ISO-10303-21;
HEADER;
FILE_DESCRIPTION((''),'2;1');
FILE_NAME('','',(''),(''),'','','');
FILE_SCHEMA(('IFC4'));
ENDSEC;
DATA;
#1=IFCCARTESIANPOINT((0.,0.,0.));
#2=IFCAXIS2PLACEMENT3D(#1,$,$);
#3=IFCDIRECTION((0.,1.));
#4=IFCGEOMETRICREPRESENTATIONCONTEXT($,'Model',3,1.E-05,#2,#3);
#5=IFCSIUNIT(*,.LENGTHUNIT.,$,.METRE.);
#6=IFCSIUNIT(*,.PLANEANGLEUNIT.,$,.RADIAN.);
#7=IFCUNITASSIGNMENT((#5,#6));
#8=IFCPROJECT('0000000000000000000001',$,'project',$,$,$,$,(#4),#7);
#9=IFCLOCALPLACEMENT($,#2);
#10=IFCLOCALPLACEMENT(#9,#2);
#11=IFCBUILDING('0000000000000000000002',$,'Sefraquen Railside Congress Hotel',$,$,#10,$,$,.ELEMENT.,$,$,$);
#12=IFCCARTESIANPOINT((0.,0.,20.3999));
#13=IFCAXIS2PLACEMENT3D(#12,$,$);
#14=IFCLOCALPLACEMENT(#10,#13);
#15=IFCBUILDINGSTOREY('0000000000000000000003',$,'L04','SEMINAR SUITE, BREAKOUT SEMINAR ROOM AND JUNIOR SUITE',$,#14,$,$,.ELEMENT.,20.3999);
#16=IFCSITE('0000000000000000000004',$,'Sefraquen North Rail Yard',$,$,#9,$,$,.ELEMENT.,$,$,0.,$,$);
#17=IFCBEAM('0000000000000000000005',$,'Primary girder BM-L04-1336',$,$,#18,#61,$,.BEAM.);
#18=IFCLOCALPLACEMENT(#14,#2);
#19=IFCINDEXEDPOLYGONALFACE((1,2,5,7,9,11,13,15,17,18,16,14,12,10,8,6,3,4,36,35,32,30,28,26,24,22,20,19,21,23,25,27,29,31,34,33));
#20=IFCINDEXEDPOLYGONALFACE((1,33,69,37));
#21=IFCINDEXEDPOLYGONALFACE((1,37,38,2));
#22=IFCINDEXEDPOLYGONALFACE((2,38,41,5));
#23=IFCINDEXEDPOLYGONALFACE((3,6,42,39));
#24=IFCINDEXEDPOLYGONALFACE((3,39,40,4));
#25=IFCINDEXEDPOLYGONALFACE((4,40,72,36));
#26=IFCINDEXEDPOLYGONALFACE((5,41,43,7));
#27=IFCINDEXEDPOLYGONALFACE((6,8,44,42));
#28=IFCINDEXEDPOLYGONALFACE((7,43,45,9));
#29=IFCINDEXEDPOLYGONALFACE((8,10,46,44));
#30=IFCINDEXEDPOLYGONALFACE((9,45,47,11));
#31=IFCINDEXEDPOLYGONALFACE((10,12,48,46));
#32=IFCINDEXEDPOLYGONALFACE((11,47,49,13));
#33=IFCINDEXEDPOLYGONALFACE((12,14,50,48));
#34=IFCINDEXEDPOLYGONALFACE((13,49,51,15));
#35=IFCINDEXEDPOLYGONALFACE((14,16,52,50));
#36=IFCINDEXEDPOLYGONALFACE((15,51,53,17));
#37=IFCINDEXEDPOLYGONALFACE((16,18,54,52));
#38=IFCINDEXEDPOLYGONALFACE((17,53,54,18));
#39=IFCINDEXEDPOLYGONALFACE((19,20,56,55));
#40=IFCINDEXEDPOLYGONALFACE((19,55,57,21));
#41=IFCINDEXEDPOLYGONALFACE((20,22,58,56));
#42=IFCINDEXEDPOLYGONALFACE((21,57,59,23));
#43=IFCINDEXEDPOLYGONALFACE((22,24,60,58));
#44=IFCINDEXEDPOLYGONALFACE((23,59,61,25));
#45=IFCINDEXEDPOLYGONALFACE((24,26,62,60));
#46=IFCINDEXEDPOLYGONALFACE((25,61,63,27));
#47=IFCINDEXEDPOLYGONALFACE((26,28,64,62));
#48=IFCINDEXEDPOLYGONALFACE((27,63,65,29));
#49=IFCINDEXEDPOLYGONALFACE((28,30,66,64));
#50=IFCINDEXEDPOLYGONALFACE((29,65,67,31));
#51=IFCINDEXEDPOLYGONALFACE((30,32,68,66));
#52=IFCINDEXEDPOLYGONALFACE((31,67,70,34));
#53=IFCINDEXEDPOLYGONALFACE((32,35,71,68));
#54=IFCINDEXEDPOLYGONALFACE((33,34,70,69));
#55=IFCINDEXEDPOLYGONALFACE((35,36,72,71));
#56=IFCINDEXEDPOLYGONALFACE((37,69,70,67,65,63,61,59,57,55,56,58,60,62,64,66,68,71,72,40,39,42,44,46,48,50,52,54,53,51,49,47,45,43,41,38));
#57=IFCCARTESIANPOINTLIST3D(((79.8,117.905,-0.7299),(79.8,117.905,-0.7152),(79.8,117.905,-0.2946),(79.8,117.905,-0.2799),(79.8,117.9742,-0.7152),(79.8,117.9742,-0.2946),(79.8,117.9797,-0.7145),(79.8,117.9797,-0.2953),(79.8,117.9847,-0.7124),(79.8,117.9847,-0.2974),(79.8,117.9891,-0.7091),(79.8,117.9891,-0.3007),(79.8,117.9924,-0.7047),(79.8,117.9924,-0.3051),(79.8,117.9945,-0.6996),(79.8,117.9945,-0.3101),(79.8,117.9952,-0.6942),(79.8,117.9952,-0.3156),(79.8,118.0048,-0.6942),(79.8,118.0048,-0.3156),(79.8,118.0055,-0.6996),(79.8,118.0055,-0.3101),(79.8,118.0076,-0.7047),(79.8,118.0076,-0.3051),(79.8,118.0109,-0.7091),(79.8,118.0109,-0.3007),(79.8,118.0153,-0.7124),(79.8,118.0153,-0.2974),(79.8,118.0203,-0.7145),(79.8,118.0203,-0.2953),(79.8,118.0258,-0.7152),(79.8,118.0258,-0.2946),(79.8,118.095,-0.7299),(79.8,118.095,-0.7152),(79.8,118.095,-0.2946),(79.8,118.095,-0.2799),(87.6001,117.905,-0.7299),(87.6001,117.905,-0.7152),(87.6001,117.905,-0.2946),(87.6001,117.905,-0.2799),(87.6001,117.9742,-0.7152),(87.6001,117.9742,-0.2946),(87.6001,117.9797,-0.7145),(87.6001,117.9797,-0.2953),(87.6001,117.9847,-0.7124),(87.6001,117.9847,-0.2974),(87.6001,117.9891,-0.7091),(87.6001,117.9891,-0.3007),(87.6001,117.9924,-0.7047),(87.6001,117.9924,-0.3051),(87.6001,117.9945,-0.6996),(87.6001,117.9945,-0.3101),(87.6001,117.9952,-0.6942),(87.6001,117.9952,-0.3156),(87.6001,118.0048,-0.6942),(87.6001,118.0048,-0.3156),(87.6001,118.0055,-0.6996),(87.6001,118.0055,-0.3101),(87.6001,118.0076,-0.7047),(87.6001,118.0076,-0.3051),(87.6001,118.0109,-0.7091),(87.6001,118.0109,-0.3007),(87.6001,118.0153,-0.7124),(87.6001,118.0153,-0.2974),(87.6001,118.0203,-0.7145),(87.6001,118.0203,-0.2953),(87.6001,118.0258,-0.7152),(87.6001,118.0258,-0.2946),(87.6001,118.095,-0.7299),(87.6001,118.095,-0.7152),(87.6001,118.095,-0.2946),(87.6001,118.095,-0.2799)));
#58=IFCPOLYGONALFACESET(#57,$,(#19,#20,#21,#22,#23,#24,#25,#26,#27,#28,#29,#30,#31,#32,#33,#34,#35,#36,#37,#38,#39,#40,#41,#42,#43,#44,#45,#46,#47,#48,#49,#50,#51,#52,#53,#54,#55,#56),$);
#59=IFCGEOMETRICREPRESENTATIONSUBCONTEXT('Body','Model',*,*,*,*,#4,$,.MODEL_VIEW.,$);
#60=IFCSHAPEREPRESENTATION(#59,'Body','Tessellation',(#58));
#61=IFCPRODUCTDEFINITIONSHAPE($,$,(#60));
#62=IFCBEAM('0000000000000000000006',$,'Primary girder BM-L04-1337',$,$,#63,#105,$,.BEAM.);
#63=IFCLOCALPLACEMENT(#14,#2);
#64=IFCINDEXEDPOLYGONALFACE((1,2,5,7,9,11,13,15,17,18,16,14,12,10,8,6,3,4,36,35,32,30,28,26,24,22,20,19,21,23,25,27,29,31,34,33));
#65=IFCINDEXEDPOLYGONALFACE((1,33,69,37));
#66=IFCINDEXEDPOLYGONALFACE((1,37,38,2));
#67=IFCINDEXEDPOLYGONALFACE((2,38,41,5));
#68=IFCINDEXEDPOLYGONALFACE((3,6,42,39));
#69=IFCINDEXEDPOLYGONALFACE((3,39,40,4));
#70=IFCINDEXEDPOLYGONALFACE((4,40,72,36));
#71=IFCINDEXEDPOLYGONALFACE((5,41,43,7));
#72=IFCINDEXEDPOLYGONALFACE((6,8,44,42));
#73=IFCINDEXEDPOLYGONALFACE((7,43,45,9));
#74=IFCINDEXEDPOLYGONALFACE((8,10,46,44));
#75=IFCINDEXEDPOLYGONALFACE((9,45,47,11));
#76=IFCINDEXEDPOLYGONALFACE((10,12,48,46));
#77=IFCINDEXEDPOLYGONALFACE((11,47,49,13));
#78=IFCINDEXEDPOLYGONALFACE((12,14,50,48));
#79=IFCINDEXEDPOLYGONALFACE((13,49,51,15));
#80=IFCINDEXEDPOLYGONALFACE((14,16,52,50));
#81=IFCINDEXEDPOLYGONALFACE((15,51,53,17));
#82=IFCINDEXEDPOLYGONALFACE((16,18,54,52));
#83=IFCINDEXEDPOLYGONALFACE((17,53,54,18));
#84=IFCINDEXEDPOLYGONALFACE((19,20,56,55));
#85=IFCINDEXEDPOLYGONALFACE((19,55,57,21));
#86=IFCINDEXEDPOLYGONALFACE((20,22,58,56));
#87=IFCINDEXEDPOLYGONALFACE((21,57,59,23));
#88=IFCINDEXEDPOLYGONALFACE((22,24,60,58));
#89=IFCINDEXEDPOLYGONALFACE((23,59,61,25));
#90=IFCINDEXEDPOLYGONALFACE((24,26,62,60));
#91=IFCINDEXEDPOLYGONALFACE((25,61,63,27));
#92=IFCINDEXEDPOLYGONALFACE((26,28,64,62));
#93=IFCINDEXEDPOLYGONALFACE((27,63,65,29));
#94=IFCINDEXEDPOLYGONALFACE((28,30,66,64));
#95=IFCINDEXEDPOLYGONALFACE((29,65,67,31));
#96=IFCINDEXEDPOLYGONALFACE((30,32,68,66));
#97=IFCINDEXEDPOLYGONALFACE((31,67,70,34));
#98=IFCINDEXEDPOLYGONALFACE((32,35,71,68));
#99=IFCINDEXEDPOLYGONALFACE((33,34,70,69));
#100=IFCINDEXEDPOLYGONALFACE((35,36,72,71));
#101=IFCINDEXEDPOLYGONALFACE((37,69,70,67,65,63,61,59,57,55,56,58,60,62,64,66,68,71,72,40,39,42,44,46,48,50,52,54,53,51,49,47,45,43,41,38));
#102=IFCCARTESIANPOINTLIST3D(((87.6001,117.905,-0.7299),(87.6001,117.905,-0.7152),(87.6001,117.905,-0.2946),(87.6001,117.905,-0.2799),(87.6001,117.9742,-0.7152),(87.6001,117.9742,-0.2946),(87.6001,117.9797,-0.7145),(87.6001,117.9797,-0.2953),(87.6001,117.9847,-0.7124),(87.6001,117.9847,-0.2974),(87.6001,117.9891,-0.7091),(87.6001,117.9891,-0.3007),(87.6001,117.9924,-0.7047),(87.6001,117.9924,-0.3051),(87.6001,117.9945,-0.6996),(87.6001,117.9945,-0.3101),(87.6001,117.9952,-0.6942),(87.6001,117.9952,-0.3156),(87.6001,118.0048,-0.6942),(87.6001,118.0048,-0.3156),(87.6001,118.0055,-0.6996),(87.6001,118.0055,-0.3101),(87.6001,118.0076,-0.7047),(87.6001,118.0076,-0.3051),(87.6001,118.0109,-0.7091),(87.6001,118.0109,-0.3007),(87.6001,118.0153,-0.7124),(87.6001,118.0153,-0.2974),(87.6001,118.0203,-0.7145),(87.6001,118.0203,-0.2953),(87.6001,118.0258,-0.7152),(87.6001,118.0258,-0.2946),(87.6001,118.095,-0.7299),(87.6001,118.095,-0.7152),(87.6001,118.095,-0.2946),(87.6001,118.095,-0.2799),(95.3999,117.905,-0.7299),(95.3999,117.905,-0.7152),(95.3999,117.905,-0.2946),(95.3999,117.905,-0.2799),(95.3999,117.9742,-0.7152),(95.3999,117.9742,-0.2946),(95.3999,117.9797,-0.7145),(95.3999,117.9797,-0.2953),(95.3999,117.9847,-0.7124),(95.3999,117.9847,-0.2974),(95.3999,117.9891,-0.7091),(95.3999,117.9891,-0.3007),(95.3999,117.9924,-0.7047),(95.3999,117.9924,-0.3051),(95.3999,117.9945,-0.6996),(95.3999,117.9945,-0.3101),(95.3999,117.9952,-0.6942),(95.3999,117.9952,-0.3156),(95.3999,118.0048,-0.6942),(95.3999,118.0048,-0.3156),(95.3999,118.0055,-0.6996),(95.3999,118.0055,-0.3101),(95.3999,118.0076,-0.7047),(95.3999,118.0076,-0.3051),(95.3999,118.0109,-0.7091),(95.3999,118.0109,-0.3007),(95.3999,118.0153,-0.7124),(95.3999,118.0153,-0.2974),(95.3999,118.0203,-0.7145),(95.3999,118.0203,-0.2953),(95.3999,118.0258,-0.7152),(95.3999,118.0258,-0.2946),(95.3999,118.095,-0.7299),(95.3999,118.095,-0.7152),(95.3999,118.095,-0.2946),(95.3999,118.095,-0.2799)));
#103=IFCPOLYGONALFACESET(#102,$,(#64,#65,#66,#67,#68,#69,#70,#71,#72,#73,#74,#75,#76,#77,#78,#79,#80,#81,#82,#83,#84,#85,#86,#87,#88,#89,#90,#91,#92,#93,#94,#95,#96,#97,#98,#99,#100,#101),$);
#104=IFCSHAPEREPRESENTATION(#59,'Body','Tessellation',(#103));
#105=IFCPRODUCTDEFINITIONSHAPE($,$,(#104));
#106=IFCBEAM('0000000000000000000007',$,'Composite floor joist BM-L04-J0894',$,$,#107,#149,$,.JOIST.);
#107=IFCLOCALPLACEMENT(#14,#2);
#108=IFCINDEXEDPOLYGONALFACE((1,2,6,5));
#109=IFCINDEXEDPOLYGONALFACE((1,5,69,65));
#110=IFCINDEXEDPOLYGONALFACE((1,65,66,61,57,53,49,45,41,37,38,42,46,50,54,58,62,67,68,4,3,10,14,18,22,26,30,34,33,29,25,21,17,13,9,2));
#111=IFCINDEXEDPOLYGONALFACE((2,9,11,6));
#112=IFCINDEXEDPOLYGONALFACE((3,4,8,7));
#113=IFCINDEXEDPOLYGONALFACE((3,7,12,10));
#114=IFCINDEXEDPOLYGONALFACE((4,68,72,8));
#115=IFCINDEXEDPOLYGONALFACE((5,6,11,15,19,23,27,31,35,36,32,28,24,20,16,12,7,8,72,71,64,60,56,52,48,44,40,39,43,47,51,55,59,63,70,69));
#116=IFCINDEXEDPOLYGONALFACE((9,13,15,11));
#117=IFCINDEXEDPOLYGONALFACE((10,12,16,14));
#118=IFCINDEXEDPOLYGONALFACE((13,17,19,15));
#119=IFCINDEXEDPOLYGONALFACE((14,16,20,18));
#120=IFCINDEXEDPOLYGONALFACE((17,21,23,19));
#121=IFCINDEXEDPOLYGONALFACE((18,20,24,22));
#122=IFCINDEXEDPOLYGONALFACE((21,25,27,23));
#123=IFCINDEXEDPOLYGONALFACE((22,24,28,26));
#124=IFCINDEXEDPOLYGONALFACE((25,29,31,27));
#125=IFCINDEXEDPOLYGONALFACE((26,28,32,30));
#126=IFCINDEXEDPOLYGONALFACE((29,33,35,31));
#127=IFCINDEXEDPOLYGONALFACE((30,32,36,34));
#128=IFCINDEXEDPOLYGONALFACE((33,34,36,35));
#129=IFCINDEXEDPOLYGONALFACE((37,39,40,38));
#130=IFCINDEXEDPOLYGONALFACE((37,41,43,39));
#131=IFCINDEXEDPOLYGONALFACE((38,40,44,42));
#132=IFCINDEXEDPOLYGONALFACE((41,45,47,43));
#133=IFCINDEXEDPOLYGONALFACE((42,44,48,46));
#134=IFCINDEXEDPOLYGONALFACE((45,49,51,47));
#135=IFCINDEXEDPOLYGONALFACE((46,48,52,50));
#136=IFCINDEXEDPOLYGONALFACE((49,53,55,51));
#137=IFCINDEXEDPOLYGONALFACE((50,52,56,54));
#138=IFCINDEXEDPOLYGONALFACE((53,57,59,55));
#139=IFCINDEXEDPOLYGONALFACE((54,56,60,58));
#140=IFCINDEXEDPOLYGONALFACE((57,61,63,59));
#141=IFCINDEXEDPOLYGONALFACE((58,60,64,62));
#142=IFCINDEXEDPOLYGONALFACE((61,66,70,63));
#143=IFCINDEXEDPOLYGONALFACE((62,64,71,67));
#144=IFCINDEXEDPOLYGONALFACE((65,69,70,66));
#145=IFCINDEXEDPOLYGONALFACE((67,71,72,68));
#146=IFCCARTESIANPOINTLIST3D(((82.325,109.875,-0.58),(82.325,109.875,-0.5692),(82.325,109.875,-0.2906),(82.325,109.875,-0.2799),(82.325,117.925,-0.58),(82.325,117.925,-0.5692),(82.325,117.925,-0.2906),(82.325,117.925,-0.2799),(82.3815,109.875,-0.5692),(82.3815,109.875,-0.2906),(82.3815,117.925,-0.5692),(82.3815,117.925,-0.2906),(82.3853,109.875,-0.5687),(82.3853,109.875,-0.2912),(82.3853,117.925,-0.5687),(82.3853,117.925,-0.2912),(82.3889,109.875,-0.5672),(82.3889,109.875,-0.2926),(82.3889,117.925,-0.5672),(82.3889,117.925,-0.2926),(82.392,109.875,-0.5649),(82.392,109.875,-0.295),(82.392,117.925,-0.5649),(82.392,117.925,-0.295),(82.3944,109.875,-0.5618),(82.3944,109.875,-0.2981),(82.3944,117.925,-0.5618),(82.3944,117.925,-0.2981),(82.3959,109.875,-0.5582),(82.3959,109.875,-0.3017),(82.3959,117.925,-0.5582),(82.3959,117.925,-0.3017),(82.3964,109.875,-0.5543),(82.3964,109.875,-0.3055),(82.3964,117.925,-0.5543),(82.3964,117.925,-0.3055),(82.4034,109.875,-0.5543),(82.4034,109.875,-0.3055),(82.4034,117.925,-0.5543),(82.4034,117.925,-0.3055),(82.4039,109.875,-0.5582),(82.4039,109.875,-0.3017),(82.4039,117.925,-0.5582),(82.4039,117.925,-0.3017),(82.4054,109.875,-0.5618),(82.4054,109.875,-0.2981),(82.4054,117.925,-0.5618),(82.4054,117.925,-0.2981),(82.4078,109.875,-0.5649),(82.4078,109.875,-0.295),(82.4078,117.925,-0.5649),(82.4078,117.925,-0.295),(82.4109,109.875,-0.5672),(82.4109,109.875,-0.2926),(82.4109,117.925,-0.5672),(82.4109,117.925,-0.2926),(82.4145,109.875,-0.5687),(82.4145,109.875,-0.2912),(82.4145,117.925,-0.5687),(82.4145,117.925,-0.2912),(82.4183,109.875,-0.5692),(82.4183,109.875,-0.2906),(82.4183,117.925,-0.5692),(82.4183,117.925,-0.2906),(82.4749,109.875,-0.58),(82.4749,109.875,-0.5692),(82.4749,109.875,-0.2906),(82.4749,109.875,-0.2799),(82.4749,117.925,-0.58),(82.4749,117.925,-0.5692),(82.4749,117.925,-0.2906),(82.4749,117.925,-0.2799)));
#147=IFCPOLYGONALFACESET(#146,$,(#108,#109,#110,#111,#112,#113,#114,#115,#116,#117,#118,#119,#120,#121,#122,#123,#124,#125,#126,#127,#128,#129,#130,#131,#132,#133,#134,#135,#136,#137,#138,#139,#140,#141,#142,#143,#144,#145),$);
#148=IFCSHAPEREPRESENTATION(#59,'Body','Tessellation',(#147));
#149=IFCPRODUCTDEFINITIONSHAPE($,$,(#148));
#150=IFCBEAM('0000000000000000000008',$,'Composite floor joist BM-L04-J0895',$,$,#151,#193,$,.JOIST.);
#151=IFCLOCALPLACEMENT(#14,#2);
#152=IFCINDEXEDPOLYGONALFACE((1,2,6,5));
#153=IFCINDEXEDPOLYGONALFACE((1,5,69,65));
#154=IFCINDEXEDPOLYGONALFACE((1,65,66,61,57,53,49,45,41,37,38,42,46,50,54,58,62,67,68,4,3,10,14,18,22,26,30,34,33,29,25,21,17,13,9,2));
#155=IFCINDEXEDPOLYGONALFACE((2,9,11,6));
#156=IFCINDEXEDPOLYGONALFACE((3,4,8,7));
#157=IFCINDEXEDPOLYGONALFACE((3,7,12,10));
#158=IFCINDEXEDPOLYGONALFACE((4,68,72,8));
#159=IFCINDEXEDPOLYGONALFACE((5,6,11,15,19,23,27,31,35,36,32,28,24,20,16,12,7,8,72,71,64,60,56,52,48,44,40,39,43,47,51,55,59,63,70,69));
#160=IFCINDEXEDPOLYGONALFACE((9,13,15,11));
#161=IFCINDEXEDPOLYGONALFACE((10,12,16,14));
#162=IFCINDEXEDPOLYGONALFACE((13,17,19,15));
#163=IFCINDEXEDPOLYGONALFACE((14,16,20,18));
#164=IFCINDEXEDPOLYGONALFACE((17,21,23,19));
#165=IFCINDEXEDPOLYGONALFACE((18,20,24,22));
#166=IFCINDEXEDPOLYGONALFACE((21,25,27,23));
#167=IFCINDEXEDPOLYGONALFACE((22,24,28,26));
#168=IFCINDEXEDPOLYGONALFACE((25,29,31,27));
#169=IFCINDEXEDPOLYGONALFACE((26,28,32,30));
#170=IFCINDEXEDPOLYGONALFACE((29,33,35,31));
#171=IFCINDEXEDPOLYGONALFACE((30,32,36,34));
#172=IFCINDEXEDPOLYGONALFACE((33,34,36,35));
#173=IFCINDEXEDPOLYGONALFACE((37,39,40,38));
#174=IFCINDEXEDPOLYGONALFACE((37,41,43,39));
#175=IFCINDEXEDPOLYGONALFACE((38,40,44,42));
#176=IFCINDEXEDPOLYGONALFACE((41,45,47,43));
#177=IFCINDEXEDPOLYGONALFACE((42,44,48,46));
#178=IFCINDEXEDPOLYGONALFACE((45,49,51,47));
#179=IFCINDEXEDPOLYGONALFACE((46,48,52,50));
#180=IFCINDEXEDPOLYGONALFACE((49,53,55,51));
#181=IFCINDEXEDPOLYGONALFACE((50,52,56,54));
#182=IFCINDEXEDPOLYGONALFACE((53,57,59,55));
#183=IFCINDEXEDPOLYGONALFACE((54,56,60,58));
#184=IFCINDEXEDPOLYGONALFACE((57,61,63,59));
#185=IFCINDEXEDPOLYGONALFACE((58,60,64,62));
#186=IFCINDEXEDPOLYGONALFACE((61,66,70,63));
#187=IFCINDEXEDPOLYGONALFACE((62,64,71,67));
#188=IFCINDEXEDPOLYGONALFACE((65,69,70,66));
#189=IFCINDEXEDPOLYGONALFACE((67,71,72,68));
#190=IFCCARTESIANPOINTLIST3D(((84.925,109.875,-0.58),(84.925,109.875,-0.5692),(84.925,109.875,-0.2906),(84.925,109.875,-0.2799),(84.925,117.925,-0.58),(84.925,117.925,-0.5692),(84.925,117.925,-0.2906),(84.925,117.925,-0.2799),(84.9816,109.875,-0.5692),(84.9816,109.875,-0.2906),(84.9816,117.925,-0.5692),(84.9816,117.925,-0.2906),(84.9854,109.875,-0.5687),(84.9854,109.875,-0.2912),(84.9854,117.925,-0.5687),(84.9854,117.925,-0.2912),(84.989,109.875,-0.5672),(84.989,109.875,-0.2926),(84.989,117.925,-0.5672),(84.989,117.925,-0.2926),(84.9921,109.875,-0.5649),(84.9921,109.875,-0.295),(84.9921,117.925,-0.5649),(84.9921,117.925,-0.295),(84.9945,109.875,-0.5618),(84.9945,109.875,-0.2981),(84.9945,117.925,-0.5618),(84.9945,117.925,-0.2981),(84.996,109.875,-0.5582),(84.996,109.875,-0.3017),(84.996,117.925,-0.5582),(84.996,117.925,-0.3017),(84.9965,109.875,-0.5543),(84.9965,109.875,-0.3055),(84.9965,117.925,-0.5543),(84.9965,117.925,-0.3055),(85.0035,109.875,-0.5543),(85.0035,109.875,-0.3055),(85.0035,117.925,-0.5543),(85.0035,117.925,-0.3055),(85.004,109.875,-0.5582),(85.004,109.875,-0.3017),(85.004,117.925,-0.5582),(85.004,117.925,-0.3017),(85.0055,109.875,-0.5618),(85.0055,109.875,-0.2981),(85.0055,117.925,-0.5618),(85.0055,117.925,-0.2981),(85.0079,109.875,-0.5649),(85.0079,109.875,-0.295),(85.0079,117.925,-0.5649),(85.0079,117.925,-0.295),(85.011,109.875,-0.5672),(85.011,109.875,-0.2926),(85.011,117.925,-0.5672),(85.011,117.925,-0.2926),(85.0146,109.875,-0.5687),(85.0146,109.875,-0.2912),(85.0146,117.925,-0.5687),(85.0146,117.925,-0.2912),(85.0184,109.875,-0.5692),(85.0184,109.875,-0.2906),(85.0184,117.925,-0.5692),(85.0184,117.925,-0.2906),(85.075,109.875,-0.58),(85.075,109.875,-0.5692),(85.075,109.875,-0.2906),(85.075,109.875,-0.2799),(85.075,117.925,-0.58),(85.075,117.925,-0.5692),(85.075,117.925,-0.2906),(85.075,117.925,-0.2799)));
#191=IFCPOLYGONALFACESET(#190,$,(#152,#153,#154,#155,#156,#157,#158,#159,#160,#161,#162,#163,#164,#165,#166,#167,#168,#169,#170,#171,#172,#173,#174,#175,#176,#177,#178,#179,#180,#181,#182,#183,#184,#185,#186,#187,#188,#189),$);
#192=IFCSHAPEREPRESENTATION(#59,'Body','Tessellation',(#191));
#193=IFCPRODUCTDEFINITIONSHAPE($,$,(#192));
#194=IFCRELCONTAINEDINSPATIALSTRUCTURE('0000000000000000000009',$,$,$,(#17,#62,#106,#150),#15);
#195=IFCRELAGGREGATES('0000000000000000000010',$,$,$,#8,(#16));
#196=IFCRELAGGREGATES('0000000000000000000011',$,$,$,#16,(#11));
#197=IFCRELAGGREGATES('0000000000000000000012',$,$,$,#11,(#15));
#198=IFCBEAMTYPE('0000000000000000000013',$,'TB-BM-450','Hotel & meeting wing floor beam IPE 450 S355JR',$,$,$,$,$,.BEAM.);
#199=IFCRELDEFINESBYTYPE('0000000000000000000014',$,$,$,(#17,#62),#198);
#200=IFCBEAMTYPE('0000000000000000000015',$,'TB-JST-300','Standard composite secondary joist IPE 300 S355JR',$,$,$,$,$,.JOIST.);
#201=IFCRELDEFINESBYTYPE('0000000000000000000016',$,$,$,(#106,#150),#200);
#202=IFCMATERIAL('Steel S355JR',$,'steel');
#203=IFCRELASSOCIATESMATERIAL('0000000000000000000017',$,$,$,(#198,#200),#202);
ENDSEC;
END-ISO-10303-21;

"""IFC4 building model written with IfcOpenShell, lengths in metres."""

from ifc_helpers import new_model, si_unit, direction, frame, origin, origin_2d, place, context, subcontext, project, spatial, i_section, extrude, material, material_profile, profile_set, type_object, element, save


model = new_model("IFC4")

# Units and contexts
model_context = context("Model", 3, precision=1e-05, world=origin(), true_north=direction((0.0, 1.0)))
body_context = subcontext(model_context, "Body", "Model", "MODEL_VIEW")
ifc_project = project(units=[si_unit("LENGTHUNIT", "METRE"), si_unit("PLANEANGLEUNIT", "RADIAN")], contexts=[model_context])

# Site, building, storey
site_placement = place(None, origin())
site = spatial("IfcSite", under=ifc_project, at=site_placement, Name="Sefraquen North Rail Yard", CompositionType="ELEMENT", RefElevation=0.0)
building_placement = place(site_placement, origin())
building = spatial("IfcBuilding", under=site, at=building_placement, Name="Sefraquen Railside Congress Hotel", CompositionType="ELEMENT")
storey_placement = place(building_placement, frame((0.0, 0.0, 20.3999)))
storey = spatial("IfcBuildingStorey", under=building, at=storey_placement, Name="L04", Description="SEMINAR SUITE, BREAKOUT SEMINAR ROOM AND JUNIOR SUITE", CompositionType="ELEMENT", Elevation=20.3999)

# Shared definitions
ifc_material_1 = material(Name="Steel S355JR", Category="steel")

# Beams
ifc_material_profile_1 = material_profile(ifc_material_1, i_section(OverallWidth=0.1899, OverallDepth=0.45, WebThickness=0.0095, FlangeThickness=0.0146, FilletRadius=0.021, at=origin_2d()), Name="IPE 450")
ifc_profile_set_1 = profile_set([ifc_material_profile_1], Name="Steel S355JR")
beam_type_1 = type_object("IfcBeamType", Name="TB-BM-450", Description="Hotel & meeting wing floor beam IPE 450 S355JR", PredefinedType="BEAM", material=ifc_profile_set_1)
beam_1_placement = place(storey_placement, frame((79.8, 118.0, -0.5049), z_axis=(1.0, 0.0, 0.0), x_axis=(0.0, 1.0, 0.0)))
element("IfcBeam", 1, at=beam_1_placement, inside=storey, type_object=beam_type_1, Name="Primary girder BM-L04-1336", PredefinedType="BEAM", context=body_context, shape_type="SweptSolid", body=[
    extrude(i_section(OverallWidth=0.1899, OverallDepth=0.45, WebThickness=0.0095, FlangeThickness=0.0146, FilletRadius=0.021, at=origin_2d()), origin(), (0.0, 0.0, 1.0), 7.8),
])
beam_2_placement = place(storey_placement, frame((87.6001, 118.0, -0.5049), z_axis=(1.0, 0.0, 0.0), x_axis=(0.0, 1.0, 0.0)))
element("IfcBeam", 2, at=beam_2_placement, inside=storey, type_object=beam_type_1, Name="Primary girder BM-L04-1337", PredefinedType="BEAM", context=body_context, shape_type="SweptSolid", body=[
    extrude(i_section(OverallWidth=0.1899, OverallDepth=0.45, WebThickness=0.0095, FlangeThickness=0.0146, FilletRadius=0.021, at=origin_2d()), origin(), (0.0, 0.0, 1.0), 7.7998),
])
ifc_material_profile_2 = material_profile(ifc_material_1, i_section(OverallWidth=0.1499, OverallDepth=0.3, WebThickness=0.0071, FlangeThickness=0.0107, FilletRadius=0.0149, at=origin_2d()), Name="IPE 300")
ifc_profile_set_2 = profile_set([ifc_material_profile_2], Name="Steel S355JR")
beam_type_2 = type_object("IfcBeamType", Name="TB-JST-300", Description="Standard composite secondary joist IPE 300 S355JR", PredefinedType="JOIST", material=ifc_profile_set_2)
for number, where, z_axis, x_axis, name in (
    (3, (82.3999, 109.875, -0.4299), (0.0, 1.0, 0.0), (-1.0, 0.0, 0.0), "Composite floor joist BM-L04-J0894"),
    (4, (85.0, 109.875, -0.4299), (0.0, 1.0, 0.0), (-1.0, 0.0, 0.0), "Composite floor joist BM-L04-J0895"),
):
    element("IfcBeam", number, at=place(storey_placement, frame(where, z_axis=z_axis, x_axis=x_axis)), inside=storey, type_object=beam_type_2, Name=name, PredefinedType="JOIST", context=body_context, shape_type="SweptSolid", body=[
        extrude(i_section(OverallWidth=0.1499, OverallDepth=0.3, WebThickness=0.0071, FlangeThickness=0.0107, FilletRadius=0.0149, at=origin_2d()), origin(), (0.0, 0.0, 1.0), 8.05),
    ])

save(model, "model.ifc")
